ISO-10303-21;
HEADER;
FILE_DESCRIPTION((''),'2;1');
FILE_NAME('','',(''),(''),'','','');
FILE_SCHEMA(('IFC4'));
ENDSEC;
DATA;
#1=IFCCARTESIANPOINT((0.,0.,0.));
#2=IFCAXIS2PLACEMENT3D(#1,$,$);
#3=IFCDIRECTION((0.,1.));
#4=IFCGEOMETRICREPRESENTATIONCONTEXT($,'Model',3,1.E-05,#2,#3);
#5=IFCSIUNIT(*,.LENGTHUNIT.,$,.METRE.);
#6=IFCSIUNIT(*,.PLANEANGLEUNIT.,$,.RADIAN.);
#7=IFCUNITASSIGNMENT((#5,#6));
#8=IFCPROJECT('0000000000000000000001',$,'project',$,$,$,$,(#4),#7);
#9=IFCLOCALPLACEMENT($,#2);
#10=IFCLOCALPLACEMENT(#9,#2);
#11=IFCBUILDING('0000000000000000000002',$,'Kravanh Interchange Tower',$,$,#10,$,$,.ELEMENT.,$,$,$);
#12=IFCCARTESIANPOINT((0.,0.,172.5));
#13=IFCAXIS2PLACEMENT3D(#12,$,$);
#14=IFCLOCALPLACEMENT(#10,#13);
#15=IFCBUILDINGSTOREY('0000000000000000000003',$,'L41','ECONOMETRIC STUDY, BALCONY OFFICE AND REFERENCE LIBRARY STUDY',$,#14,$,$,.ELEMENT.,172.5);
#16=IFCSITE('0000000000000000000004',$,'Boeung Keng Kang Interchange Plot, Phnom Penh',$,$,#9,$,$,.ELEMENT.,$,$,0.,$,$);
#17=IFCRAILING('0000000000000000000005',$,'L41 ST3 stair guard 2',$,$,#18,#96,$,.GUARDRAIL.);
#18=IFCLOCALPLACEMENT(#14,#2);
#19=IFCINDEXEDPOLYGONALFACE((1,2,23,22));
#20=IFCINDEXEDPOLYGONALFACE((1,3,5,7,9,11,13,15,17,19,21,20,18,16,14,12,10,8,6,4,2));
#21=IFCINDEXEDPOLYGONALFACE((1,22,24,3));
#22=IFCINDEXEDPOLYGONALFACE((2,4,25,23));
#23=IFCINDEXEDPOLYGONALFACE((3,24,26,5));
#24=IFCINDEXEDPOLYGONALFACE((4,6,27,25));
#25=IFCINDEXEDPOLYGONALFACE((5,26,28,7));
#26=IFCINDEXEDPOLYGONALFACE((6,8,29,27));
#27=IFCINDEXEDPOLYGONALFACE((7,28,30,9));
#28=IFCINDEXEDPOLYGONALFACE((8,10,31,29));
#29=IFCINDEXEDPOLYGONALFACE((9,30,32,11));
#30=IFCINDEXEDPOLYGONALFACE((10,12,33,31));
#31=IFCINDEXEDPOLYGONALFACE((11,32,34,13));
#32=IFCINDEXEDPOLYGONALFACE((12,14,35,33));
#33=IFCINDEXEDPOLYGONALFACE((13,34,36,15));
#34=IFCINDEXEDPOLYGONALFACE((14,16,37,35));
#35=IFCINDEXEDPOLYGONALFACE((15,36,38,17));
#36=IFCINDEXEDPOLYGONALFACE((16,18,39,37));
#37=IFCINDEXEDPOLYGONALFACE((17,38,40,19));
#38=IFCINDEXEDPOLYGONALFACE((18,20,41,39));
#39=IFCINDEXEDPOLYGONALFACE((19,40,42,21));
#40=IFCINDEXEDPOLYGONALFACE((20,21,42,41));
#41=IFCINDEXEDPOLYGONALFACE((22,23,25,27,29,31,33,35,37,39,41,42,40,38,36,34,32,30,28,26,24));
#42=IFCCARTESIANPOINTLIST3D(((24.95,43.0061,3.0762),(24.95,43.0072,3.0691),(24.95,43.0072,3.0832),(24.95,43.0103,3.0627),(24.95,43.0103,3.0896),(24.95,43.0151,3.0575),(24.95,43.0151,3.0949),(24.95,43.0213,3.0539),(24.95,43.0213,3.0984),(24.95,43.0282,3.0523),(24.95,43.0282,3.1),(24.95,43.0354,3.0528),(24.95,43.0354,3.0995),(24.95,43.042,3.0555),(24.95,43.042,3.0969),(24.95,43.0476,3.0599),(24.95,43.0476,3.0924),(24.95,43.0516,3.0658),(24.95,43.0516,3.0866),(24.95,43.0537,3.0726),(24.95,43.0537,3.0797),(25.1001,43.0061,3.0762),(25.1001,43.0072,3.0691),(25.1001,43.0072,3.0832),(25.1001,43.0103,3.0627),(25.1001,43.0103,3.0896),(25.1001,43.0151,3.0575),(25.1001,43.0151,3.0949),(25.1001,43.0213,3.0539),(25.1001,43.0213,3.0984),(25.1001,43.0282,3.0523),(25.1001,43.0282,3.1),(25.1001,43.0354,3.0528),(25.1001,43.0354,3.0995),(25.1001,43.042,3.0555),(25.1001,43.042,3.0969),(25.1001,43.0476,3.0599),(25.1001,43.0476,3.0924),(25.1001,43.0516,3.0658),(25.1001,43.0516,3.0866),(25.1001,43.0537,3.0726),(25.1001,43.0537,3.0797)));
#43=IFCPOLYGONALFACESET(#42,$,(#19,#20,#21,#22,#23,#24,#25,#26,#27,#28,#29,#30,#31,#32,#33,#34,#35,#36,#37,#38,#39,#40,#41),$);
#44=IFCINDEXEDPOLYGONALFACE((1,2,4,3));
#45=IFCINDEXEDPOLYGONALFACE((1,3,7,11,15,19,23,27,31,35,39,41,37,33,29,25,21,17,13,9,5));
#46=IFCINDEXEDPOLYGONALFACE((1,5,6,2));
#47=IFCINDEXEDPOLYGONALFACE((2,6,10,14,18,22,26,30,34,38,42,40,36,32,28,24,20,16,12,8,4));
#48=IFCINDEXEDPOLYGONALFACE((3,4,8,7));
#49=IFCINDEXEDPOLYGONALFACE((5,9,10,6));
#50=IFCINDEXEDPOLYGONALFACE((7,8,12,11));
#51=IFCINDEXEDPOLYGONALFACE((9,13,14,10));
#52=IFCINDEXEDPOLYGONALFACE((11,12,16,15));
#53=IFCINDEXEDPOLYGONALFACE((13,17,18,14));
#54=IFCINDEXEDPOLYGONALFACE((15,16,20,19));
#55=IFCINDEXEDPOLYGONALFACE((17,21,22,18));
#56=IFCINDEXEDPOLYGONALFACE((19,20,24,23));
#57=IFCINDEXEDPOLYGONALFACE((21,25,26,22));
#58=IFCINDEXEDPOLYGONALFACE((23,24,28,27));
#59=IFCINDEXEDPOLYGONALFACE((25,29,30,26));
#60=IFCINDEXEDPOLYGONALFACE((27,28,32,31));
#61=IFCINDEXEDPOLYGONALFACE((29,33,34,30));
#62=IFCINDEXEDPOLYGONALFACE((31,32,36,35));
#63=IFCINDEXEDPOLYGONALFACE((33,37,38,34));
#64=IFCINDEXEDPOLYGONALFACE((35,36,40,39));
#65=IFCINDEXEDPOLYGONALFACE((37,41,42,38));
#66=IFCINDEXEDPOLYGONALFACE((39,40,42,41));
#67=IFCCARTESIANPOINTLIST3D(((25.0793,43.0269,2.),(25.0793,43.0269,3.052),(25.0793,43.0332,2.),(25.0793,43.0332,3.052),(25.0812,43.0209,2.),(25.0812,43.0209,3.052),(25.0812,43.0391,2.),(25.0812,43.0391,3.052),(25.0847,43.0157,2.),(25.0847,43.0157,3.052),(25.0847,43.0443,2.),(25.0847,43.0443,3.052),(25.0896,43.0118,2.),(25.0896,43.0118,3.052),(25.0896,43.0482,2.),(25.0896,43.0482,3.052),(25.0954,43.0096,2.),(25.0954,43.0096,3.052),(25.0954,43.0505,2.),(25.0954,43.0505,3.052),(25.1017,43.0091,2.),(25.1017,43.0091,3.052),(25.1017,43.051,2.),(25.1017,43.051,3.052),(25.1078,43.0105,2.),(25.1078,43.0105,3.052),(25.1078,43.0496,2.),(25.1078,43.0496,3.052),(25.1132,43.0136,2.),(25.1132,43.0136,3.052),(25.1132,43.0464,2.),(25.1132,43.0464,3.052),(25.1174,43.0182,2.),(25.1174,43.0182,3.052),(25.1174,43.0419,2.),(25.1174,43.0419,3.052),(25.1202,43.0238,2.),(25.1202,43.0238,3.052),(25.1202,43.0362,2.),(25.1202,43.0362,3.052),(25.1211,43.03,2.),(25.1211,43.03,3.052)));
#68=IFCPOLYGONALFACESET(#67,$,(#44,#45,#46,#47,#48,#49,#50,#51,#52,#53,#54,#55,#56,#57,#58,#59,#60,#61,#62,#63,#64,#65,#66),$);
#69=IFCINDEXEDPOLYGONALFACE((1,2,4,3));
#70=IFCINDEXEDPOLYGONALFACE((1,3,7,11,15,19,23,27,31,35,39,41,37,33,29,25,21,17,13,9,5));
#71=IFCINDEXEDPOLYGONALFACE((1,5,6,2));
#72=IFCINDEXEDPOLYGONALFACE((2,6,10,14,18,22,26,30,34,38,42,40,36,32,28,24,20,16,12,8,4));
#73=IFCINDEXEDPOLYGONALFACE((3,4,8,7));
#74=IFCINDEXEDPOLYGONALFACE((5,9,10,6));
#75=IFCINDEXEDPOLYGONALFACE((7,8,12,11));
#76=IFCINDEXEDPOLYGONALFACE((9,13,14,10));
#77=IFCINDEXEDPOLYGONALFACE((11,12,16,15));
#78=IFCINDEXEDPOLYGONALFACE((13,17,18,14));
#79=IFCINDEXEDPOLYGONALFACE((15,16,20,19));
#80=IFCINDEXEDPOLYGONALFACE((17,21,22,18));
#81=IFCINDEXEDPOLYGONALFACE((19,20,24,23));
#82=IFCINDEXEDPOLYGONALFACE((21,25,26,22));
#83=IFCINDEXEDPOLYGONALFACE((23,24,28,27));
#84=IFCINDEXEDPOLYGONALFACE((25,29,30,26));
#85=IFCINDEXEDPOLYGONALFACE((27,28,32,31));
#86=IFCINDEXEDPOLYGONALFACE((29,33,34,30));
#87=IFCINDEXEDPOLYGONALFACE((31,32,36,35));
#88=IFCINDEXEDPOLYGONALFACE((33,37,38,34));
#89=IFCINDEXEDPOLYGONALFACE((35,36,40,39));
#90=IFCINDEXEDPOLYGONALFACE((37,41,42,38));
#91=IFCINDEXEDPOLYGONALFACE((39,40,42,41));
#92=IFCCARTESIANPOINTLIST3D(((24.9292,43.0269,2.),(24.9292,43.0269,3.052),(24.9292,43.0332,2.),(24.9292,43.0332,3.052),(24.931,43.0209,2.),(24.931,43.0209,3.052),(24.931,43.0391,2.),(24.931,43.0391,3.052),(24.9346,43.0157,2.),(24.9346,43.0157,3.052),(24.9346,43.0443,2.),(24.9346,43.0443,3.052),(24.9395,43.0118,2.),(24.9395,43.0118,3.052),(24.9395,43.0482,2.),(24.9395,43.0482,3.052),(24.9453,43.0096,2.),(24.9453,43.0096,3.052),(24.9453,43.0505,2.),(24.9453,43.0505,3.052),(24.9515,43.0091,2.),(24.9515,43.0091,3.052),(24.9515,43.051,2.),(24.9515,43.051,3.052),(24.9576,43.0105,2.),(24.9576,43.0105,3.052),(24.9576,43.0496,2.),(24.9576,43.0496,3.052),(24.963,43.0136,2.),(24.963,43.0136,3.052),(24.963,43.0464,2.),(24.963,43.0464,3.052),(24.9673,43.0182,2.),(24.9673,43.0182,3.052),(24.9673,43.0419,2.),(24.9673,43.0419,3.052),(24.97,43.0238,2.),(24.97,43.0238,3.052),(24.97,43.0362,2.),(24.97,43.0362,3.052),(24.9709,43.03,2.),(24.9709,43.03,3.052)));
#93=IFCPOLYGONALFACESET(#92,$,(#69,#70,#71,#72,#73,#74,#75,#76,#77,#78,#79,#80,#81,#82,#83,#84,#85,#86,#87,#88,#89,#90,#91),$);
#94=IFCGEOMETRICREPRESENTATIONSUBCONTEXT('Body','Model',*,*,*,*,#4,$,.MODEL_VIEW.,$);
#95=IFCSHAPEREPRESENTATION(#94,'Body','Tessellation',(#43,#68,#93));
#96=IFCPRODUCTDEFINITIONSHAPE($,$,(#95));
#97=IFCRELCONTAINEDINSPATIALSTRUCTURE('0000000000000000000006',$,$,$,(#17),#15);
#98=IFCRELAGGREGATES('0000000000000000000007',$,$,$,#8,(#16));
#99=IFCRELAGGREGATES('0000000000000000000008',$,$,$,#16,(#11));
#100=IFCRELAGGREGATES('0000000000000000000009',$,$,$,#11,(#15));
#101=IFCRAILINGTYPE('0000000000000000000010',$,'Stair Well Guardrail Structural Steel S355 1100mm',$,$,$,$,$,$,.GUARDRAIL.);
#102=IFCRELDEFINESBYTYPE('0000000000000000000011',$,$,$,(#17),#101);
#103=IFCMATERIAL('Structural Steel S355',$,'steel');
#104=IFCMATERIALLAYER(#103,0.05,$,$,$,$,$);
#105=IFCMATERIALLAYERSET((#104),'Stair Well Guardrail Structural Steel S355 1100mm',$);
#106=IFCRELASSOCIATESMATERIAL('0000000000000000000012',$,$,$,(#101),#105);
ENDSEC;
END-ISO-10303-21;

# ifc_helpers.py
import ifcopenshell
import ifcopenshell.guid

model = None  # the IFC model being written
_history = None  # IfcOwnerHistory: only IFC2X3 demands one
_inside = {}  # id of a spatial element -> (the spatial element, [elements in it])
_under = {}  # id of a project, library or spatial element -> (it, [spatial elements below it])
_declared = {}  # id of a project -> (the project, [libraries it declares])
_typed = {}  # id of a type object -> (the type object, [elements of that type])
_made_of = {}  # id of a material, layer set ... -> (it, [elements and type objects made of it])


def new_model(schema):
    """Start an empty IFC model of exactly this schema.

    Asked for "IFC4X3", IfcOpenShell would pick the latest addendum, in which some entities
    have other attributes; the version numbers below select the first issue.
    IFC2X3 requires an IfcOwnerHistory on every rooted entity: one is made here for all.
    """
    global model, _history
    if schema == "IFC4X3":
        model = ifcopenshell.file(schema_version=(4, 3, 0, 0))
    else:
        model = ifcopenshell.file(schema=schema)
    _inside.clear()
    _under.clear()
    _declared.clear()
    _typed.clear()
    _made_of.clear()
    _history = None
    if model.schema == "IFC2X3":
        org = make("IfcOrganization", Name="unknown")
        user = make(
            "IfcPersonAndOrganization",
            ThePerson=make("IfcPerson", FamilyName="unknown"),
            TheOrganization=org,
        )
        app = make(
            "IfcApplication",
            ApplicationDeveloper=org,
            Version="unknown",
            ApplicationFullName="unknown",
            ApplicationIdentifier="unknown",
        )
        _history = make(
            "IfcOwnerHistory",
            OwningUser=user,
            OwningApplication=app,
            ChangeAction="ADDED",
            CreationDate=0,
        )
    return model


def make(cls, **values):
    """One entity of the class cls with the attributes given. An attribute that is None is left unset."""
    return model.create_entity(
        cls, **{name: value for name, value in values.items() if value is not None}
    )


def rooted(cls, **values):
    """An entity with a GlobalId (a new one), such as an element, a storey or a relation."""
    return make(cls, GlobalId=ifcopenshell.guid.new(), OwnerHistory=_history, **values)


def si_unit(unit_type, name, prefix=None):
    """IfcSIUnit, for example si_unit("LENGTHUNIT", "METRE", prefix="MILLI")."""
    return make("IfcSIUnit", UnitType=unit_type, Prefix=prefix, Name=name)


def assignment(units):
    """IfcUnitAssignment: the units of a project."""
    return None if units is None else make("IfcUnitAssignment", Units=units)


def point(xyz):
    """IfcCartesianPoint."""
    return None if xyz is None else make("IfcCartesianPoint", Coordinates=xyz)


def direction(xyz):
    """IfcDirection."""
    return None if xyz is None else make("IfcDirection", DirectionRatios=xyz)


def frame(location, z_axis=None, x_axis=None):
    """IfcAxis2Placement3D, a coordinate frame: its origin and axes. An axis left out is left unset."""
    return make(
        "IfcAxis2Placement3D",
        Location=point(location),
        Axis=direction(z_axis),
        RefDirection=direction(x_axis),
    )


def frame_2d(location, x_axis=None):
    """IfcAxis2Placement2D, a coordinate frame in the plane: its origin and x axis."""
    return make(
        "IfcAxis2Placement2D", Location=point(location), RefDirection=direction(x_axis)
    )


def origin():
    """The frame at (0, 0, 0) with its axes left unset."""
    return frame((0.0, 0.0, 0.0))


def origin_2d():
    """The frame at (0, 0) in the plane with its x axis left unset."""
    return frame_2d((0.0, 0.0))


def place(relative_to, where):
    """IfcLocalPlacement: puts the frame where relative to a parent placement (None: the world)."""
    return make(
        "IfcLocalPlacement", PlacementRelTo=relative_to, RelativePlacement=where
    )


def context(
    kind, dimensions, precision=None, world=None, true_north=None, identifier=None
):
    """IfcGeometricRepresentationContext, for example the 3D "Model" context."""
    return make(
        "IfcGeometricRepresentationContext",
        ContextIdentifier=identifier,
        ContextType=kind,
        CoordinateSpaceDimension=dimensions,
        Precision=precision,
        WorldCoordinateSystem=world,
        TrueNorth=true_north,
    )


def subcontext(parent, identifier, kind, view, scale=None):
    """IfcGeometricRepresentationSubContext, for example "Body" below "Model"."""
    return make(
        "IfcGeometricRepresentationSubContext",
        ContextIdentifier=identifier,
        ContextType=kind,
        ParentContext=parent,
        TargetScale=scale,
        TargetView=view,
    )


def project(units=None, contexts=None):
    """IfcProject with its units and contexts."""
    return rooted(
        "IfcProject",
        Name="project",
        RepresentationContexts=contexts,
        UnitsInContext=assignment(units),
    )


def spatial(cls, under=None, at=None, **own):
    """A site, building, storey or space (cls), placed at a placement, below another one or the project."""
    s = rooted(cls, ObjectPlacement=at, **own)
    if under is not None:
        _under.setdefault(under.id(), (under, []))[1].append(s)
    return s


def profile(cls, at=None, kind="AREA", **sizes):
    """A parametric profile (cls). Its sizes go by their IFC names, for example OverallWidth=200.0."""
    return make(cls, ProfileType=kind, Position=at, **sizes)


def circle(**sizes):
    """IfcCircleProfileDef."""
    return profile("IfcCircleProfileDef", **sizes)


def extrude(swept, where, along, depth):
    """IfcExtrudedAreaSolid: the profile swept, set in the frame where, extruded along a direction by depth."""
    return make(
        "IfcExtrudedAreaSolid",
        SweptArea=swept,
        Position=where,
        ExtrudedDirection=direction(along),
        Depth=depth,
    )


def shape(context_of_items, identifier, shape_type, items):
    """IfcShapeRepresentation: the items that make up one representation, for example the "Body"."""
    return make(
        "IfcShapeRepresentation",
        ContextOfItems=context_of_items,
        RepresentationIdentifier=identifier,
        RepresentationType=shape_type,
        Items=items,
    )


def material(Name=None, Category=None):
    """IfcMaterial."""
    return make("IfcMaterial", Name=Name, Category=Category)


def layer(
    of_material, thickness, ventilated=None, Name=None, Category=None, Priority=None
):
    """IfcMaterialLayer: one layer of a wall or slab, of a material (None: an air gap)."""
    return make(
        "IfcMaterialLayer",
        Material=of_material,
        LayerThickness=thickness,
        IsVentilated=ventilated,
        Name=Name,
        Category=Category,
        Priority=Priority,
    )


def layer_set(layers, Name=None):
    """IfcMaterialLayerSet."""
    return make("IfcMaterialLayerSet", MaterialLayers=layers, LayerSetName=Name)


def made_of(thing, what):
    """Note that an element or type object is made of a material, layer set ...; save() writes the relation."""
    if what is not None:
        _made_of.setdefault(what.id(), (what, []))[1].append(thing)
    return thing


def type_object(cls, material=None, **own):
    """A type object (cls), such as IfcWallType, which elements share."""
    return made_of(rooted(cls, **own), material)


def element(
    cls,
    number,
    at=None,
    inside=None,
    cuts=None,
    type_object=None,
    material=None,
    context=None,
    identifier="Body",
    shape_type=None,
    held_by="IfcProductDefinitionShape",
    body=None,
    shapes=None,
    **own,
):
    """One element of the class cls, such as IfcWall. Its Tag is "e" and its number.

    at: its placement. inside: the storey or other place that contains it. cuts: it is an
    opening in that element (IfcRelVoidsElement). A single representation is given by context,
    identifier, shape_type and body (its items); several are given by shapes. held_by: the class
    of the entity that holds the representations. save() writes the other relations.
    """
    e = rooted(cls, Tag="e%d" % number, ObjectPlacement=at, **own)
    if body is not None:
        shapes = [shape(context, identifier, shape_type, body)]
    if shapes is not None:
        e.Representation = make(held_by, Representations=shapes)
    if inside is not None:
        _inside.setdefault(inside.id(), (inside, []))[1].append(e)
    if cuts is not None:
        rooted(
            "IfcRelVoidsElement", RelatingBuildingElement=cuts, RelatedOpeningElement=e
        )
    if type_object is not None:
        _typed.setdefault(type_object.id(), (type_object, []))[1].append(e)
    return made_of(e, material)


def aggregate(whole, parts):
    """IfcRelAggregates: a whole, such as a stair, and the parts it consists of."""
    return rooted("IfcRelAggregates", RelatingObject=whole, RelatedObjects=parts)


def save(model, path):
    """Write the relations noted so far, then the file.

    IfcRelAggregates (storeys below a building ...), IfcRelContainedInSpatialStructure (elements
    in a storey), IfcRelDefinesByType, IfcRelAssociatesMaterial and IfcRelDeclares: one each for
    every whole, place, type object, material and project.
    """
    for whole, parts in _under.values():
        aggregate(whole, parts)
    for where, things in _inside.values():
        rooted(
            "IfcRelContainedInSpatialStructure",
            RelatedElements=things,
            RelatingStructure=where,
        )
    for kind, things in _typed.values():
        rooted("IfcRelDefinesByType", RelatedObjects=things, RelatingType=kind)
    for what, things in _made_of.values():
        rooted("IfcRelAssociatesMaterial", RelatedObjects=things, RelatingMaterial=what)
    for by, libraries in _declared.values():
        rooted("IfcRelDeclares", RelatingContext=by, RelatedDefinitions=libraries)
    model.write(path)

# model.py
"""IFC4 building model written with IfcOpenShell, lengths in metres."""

from ifc_helpers import new_model, si_unit, direction, frame, origin, origin_2d, place, context, subcontext, project, spatial, circle, extrude, material, layer, layer_set, type_object, element, save


model = new_model("IFC4")

# Units and contexts
model_context = context("Model", 3, precision=1e-05, world=origin(), true_north=direction((0.0, 1.0)))
body_context = subcontext(model_context, "Body", "Model", "MODEL_VIEW")
ifc_project = project(units=[si_unit("LENGTHUNIT", "METRE"), si_unit("PLANEANGLEUNIT", "RADIAN")], contexts=[model_context])

# Site, building, storey
site_placement = place(None, origin())
site = spatial("IfcSite", under=ifc_project, at=site_placement, Name="Boeung Keng Kang Interchange Plot, Phnom Penh", CompositionType="ELEMENT", RefElevation=0.0)
building_placement = place(site_placement, origin())
building = spatial("IfcBuilding", under=site, at=building_placement, Name="Kravanh Interchange Tower", CompositionType="ELEMENT")
storey_placement = place(building_placement, frame((0.0, 0.0, 172.5)))
storey = spatial("IfcBuildingStorey", under=building, at=storey_placement, Name="L41", Description="ECONOMETRIC STUDY, BALCONY OFFICE AND REFERENCE LIBRARY STUDY", CompositionType="ELEMENT", Elevation=172.5)

# Railing
ifc_material_1 = material(Name="Structural Steel S355", Category="steel")
ifc_layer_1 = layer(ifc_material_1, 0.05)
ifc_layer_set_1 = layer_set([ifc_layer_1], Name="Stair Well Guardrail Structural Steel S355 1100mm")
railing_type_1 = type_object("IfcRailingType", Name="Stair Well Guardrail Structural Steel S355 1100mm", PredefinedType="GUARDRAIL", material=ifc_layer_set_1)
railing_1_placement = place(storey_placement, frame((25.1001, 43.03, 2.0)))
element("IfcRailing", 1, at=railing_1_placement, inside=storey, type_object=railing_type_1, Name="L41 ST3 stair guard 2", PredefinedType="GUARDRAIL", context=body_context, shape_type="SweptSolid", body=[
    extrude(circle(Radius=0.0239, at=origin_2d()), frame((0.0, 0.0, 1.0762), z_axis=(-1.0, 0.0, 0.0), x_axis=(0.0, -1.0, 0.0)), (0.0, 0.0, 1.0), 0.1501),
    extrude(circle(Radius=0.021, at=origin_2d()), origin(), (0.0, 0.0, 1.0), 1.052),
    extrude(circle(Radius=0.021, at=origin_2d()), frame((-0.1501, 0.0, 0.0)), (0.0, 0.0, 1.0), 1.052),
])

save(model, "model.ifc")
